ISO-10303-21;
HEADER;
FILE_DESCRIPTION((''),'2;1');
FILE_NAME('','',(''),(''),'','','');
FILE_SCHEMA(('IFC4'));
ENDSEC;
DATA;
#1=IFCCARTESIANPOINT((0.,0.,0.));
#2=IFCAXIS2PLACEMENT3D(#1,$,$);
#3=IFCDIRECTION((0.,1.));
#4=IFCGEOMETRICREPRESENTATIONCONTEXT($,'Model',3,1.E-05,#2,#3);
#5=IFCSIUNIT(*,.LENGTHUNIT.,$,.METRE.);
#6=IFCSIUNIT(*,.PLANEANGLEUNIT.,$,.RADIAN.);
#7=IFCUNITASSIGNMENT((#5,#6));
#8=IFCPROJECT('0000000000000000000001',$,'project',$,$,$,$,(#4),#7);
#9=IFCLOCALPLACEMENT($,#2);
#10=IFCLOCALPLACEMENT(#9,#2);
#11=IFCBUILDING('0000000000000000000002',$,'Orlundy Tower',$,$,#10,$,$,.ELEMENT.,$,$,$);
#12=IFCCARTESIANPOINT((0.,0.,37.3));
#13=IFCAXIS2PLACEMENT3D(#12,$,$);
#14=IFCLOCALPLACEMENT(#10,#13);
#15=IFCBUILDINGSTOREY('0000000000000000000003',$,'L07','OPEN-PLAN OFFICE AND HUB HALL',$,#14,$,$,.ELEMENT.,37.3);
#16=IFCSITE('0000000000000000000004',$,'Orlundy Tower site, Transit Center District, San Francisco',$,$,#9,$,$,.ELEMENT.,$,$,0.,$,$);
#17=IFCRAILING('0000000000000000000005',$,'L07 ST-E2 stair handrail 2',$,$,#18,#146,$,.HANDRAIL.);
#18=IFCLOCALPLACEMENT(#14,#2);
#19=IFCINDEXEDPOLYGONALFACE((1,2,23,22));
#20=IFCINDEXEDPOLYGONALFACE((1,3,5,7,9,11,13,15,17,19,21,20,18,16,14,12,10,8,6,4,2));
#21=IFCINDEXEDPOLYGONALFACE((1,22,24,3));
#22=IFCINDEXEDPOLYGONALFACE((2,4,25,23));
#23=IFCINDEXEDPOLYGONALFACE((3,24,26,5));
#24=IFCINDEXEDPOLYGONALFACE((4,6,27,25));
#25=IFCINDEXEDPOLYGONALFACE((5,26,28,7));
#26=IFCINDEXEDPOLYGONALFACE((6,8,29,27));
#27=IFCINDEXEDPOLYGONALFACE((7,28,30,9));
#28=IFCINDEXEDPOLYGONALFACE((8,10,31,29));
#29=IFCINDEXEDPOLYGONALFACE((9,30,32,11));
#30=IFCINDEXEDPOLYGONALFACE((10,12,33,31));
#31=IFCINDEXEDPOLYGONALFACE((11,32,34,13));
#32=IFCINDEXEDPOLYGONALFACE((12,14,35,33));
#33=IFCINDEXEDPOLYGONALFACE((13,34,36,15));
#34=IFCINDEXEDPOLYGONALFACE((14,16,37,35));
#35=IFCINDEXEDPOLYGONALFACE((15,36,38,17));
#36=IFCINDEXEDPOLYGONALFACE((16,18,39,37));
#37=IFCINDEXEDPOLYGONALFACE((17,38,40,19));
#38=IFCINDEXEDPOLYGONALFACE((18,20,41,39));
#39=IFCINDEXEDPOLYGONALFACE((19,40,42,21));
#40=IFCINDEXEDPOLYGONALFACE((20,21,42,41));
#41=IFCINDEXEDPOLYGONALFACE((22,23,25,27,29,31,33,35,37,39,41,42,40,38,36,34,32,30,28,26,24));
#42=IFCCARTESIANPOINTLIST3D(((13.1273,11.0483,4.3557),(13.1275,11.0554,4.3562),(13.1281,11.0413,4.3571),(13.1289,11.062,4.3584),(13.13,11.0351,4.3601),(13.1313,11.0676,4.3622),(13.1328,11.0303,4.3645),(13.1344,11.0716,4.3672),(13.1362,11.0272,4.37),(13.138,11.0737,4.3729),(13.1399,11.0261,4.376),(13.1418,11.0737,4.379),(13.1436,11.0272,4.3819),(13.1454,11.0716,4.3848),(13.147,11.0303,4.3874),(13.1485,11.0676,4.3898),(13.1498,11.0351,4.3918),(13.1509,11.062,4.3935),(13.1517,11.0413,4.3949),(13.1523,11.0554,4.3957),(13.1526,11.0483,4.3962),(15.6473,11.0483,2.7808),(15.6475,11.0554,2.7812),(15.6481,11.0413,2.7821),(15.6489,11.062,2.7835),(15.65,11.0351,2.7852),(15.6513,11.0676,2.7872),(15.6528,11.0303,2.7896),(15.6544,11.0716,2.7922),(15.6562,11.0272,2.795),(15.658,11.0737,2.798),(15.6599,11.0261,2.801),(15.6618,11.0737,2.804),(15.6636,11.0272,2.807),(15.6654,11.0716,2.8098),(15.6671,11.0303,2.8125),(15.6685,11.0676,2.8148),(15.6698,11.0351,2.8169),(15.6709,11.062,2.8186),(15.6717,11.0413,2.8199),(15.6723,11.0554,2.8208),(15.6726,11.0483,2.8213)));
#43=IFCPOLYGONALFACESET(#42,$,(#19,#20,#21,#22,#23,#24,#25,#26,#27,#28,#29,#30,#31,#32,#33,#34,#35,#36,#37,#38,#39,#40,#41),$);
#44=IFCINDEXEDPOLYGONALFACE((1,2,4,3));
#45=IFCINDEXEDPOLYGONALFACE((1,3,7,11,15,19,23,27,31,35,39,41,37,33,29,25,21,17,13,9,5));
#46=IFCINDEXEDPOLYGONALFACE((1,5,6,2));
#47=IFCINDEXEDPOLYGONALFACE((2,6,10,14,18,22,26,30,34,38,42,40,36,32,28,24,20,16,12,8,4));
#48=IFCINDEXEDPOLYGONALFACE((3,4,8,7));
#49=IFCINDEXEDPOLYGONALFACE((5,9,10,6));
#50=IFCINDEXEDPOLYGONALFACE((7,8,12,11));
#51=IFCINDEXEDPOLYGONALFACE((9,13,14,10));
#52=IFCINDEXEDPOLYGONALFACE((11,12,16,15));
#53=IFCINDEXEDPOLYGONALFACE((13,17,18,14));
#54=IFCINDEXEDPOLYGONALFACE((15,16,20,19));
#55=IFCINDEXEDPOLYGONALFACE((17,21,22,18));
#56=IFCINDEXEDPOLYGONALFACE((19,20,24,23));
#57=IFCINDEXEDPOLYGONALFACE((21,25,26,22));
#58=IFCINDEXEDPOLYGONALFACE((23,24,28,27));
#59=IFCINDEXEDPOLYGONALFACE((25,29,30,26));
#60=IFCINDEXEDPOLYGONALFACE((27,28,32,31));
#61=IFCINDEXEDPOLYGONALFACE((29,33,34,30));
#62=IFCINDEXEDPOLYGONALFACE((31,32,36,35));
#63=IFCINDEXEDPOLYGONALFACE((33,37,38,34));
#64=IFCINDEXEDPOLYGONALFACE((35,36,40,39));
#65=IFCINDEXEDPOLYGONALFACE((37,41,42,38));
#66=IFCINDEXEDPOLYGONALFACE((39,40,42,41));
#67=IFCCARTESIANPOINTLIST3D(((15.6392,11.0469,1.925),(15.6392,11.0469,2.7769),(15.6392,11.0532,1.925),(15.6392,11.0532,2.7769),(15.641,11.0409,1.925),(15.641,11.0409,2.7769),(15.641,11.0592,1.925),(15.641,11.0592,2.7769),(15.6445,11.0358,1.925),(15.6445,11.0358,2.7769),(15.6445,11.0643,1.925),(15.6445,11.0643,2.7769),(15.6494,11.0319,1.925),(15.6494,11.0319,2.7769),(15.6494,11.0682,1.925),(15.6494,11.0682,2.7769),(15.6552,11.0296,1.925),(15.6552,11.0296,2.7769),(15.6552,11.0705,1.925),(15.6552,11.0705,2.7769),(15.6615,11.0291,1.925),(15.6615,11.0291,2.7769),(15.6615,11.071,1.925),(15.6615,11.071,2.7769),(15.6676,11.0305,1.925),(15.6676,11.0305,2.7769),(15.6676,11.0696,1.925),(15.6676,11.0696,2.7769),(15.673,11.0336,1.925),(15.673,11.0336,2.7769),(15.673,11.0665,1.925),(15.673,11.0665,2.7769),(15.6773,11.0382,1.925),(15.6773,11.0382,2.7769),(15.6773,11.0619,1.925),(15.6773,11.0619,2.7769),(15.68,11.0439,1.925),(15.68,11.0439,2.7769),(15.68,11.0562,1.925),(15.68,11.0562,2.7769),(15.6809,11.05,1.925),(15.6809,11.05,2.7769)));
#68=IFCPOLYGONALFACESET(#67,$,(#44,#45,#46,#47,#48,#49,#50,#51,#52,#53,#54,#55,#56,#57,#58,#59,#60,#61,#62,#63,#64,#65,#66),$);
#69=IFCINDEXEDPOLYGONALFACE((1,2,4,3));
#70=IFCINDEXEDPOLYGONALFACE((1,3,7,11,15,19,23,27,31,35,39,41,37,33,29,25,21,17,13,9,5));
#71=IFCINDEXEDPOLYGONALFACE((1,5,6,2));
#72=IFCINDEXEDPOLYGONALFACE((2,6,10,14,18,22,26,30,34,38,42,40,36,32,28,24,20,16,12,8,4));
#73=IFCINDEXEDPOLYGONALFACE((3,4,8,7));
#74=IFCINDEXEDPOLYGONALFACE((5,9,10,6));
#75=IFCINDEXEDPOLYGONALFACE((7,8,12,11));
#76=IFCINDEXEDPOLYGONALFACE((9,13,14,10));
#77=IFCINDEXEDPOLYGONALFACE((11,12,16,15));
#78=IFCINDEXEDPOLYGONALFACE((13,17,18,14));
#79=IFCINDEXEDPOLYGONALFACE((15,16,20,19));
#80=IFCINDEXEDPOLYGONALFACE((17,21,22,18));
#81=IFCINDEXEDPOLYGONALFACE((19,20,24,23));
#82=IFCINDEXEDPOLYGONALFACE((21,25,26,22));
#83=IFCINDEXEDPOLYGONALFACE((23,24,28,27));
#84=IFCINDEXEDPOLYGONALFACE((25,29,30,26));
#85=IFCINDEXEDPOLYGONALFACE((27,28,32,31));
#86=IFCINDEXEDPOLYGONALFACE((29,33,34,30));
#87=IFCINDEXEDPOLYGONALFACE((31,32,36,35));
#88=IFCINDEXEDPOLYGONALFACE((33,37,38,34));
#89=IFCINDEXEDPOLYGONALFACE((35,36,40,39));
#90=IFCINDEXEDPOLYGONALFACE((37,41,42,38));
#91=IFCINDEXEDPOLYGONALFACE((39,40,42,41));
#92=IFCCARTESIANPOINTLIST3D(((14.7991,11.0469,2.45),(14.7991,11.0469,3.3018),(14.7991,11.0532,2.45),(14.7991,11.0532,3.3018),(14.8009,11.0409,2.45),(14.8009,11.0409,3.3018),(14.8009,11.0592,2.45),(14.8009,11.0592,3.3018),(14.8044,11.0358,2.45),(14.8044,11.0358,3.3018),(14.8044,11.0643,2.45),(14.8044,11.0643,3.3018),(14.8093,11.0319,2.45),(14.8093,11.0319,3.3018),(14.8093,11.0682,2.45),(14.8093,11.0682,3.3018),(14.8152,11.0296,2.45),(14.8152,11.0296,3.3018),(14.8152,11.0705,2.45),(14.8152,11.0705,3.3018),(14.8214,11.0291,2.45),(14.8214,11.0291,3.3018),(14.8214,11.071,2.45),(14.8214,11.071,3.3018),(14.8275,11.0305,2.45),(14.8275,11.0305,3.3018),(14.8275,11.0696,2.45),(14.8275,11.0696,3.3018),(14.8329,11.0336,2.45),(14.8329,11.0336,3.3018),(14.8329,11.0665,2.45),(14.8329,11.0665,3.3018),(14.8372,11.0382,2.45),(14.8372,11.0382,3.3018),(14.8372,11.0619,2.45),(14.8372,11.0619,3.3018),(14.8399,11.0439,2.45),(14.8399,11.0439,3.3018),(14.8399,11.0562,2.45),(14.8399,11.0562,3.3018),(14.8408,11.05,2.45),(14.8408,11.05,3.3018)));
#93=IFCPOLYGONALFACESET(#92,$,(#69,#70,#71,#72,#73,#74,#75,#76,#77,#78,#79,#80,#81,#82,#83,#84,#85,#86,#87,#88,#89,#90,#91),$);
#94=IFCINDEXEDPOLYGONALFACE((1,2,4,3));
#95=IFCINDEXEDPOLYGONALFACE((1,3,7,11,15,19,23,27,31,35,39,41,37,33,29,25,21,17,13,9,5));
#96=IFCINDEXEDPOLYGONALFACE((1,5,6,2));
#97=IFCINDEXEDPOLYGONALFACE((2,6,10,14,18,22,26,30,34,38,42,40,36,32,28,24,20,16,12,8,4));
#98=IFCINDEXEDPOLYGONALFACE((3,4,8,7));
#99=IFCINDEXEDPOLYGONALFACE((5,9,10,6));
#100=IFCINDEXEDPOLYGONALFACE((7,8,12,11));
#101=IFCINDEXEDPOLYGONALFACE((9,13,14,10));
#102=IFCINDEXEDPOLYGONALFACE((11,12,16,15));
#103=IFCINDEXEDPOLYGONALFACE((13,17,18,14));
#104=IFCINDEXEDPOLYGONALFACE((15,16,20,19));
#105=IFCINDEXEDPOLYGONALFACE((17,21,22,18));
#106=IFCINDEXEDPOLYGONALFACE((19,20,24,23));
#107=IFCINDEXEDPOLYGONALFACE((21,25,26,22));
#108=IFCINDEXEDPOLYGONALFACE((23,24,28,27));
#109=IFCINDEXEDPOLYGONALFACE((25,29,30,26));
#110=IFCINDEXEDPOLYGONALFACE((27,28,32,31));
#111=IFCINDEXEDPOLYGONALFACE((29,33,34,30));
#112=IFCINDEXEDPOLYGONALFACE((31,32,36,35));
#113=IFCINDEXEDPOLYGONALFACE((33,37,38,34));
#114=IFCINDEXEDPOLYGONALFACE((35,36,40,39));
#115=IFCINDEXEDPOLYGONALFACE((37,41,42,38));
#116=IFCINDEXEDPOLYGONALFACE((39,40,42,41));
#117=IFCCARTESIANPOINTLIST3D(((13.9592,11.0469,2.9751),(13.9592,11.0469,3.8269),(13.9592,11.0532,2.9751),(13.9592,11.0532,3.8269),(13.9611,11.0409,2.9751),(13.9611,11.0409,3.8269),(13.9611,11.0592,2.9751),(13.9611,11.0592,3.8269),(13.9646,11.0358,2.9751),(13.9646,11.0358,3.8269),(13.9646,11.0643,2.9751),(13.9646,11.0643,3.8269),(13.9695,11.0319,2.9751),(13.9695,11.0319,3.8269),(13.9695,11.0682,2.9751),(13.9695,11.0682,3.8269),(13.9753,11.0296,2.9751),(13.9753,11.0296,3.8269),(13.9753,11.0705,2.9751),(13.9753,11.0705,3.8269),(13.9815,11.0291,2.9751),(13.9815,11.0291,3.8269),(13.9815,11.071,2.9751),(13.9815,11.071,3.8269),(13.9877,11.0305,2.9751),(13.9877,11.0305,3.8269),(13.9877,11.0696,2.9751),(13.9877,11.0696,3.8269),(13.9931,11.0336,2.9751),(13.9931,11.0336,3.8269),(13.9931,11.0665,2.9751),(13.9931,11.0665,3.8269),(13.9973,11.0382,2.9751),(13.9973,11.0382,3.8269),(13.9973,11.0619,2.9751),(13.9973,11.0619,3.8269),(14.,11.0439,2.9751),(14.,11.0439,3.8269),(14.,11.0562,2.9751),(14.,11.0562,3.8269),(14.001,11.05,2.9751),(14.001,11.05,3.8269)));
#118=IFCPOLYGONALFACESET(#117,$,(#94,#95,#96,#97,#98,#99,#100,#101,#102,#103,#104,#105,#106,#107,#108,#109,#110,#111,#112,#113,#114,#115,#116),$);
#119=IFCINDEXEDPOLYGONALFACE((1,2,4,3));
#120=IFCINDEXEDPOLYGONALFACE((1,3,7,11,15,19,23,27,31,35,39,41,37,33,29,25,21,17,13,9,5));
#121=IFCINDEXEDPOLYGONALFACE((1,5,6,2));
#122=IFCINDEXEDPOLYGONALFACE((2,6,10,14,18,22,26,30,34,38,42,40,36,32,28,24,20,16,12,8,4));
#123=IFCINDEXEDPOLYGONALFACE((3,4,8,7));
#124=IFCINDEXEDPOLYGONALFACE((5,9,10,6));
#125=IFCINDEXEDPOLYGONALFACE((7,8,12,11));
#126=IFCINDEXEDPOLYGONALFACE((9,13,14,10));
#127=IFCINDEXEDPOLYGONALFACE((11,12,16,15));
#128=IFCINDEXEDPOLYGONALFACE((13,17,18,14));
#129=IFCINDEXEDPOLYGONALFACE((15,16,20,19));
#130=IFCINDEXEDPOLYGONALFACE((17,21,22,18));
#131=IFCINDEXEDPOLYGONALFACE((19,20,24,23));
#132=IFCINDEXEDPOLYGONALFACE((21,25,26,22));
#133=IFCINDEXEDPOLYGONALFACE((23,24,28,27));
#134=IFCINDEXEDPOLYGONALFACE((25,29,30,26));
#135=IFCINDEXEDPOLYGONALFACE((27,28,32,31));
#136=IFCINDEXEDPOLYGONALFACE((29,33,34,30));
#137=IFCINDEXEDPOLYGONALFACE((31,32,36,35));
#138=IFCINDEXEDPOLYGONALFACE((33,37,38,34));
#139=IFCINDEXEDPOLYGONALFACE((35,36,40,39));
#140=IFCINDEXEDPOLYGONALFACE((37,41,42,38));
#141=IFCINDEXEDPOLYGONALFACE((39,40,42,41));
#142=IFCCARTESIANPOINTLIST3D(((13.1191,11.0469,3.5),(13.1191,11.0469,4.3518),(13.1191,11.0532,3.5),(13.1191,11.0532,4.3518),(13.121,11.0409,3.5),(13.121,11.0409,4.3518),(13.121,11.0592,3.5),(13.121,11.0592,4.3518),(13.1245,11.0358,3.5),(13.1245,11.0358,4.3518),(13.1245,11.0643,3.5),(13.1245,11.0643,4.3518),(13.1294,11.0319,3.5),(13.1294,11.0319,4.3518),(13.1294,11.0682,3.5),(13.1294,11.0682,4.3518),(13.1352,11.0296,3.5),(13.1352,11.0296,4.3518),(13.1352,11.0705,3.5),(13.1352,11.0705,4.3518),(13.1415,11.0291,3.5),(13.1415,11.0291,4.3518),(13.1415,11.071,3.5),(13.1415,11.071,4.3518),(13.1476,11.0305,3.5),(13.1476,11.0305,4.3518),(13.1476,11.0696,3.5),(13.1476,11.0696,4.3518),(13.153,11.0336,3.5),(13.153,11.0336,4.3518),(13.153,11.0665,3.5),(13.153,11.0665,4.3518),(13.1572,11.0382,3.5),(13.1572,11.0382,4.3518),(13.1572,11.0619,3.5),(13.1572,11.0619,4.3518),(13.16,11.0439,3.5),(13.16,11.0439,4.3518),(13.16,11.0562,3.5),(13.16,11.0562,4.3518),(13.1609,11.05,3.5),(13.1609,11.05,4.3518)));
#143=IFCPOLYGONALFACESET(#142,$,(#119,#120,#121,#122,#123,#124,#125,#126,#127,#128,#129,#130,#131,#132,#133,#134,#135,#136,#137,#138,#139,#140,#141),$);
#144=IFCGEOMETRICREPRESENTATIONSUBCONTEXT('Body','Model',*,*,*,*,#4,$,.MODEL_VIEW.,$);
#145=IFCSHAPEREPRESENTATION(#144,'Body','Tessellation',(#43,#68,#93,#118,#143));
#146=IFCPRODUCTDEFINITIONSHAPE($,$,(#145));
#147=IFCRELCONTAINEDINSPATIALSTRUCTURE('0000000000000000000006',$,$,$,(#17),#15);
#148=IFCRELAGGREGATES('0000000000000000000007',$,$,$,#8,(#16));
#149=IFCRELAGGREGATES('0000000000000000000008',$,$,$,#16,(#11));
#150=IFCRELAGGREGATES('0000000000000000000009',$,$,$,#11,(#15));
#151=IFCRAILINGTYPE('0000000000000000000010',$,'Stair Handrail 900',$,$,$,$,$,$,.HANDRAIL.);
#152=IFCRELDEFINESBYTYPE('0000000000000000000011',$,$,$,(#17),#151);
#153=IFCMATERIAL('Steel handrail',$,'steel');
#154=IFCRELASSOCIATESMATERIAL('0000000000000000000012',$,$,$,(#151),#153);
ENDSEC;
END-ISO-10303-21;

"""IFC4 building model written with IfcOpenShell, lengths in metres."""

from ifc_helpers import new_model, si_unit, direction, frame, origin, origin_2d, place, context, subcontext, project, spatial, circle, extrude, material, type_object, element, save


model = new_model("IFC4")

# Units and contexts
model_context = context("Model", 3, precision=1e-05, world=origin(), true_north=direction((0.0, 1.0)))
body_context = subcontext(model_context, "Body", "Model", "MODEL_VIEW")
ifc_project = project(units=[si_unit("LENGTHUNIT", "METRE"), si_unit("PLANEANGLEUNIT", "RADIAN")], contexts=[model_context])

# Site, building, storey
site_placement = place(None, origin())
site = spatial("IfcSite", under=ifc_project, at=site_placement, Name="Orlundy Tower site, Transit Center District, San Francisco", CompositionType="ELEMENT", RefElevation=0.0)
building_placement = place(site_placement, origin())
building = spatial("IfcBuilding", under=site, at=building_placement, Name="Orlundy Tower", CompositionType="ELEMENT")
storey_placement = place(building_placement, frame((0.0, 0.0, 37.3)))
storey = spatial("IfcBuildingStorey", under=building, at=storey_placement, Name="L07", Description="OPEN-PLAN OFFICE AND HUB HALL", CompositionType="ELEMENT", Elevation=37.3)

# Railing
ifc_material_1 = material(Name="Steel handrail", Category="steel")
railing_type_1 = type_object("IfcRailingType", Name="Stair Handrail 900", PredefinedType="HANDRAIL", material=ifc_material_1)
railing_1_placement = place(storey_placement, frame((15.6599, 11.05, 1.925)))
element("IfcRailing", 1, at=railing_1_placement, inside=storey, type_object=railing_type_1, Name="L07 ST-E2 stair handrail 2", PredefinedType="HANDRAIL", context=body_context, shape_type="SweptSolid", body=[
    extrude(circle(Radius=0.0239, at=origin_2d()), frame((0.0, 0.0, 0.876), z_axis=(-0.848008, 0.0, 0.529984), x_axis=(0.0, -1.0, 0.0)), (0.0, 0.0, 1.0), 2.9717),
    extrude(circle(Radius=0.021, at=origin_2d()), origin(), (0.0, 0.0, 1.0), 0.8518),
    extrude(circle(Radius=0.021, at=origin_2d()), frame((-0.8401, 0.0, 0.5249)), (0.0, 0.0, 1.0), 0.8518),
    extrude(circle(Radius=0.021, at=origin_2d()), frame((-1.6799, 0.0, 1.05)), (0.0, 0.0, 1.0), 0.8518),
    extrude(circle(Radius=0.021, at=origin_2d()), frame((-2.52, 0.0, 1.575)), (0.0, 0.0, 1.0), 0.8518),
])

save(model, "model.ifc")
